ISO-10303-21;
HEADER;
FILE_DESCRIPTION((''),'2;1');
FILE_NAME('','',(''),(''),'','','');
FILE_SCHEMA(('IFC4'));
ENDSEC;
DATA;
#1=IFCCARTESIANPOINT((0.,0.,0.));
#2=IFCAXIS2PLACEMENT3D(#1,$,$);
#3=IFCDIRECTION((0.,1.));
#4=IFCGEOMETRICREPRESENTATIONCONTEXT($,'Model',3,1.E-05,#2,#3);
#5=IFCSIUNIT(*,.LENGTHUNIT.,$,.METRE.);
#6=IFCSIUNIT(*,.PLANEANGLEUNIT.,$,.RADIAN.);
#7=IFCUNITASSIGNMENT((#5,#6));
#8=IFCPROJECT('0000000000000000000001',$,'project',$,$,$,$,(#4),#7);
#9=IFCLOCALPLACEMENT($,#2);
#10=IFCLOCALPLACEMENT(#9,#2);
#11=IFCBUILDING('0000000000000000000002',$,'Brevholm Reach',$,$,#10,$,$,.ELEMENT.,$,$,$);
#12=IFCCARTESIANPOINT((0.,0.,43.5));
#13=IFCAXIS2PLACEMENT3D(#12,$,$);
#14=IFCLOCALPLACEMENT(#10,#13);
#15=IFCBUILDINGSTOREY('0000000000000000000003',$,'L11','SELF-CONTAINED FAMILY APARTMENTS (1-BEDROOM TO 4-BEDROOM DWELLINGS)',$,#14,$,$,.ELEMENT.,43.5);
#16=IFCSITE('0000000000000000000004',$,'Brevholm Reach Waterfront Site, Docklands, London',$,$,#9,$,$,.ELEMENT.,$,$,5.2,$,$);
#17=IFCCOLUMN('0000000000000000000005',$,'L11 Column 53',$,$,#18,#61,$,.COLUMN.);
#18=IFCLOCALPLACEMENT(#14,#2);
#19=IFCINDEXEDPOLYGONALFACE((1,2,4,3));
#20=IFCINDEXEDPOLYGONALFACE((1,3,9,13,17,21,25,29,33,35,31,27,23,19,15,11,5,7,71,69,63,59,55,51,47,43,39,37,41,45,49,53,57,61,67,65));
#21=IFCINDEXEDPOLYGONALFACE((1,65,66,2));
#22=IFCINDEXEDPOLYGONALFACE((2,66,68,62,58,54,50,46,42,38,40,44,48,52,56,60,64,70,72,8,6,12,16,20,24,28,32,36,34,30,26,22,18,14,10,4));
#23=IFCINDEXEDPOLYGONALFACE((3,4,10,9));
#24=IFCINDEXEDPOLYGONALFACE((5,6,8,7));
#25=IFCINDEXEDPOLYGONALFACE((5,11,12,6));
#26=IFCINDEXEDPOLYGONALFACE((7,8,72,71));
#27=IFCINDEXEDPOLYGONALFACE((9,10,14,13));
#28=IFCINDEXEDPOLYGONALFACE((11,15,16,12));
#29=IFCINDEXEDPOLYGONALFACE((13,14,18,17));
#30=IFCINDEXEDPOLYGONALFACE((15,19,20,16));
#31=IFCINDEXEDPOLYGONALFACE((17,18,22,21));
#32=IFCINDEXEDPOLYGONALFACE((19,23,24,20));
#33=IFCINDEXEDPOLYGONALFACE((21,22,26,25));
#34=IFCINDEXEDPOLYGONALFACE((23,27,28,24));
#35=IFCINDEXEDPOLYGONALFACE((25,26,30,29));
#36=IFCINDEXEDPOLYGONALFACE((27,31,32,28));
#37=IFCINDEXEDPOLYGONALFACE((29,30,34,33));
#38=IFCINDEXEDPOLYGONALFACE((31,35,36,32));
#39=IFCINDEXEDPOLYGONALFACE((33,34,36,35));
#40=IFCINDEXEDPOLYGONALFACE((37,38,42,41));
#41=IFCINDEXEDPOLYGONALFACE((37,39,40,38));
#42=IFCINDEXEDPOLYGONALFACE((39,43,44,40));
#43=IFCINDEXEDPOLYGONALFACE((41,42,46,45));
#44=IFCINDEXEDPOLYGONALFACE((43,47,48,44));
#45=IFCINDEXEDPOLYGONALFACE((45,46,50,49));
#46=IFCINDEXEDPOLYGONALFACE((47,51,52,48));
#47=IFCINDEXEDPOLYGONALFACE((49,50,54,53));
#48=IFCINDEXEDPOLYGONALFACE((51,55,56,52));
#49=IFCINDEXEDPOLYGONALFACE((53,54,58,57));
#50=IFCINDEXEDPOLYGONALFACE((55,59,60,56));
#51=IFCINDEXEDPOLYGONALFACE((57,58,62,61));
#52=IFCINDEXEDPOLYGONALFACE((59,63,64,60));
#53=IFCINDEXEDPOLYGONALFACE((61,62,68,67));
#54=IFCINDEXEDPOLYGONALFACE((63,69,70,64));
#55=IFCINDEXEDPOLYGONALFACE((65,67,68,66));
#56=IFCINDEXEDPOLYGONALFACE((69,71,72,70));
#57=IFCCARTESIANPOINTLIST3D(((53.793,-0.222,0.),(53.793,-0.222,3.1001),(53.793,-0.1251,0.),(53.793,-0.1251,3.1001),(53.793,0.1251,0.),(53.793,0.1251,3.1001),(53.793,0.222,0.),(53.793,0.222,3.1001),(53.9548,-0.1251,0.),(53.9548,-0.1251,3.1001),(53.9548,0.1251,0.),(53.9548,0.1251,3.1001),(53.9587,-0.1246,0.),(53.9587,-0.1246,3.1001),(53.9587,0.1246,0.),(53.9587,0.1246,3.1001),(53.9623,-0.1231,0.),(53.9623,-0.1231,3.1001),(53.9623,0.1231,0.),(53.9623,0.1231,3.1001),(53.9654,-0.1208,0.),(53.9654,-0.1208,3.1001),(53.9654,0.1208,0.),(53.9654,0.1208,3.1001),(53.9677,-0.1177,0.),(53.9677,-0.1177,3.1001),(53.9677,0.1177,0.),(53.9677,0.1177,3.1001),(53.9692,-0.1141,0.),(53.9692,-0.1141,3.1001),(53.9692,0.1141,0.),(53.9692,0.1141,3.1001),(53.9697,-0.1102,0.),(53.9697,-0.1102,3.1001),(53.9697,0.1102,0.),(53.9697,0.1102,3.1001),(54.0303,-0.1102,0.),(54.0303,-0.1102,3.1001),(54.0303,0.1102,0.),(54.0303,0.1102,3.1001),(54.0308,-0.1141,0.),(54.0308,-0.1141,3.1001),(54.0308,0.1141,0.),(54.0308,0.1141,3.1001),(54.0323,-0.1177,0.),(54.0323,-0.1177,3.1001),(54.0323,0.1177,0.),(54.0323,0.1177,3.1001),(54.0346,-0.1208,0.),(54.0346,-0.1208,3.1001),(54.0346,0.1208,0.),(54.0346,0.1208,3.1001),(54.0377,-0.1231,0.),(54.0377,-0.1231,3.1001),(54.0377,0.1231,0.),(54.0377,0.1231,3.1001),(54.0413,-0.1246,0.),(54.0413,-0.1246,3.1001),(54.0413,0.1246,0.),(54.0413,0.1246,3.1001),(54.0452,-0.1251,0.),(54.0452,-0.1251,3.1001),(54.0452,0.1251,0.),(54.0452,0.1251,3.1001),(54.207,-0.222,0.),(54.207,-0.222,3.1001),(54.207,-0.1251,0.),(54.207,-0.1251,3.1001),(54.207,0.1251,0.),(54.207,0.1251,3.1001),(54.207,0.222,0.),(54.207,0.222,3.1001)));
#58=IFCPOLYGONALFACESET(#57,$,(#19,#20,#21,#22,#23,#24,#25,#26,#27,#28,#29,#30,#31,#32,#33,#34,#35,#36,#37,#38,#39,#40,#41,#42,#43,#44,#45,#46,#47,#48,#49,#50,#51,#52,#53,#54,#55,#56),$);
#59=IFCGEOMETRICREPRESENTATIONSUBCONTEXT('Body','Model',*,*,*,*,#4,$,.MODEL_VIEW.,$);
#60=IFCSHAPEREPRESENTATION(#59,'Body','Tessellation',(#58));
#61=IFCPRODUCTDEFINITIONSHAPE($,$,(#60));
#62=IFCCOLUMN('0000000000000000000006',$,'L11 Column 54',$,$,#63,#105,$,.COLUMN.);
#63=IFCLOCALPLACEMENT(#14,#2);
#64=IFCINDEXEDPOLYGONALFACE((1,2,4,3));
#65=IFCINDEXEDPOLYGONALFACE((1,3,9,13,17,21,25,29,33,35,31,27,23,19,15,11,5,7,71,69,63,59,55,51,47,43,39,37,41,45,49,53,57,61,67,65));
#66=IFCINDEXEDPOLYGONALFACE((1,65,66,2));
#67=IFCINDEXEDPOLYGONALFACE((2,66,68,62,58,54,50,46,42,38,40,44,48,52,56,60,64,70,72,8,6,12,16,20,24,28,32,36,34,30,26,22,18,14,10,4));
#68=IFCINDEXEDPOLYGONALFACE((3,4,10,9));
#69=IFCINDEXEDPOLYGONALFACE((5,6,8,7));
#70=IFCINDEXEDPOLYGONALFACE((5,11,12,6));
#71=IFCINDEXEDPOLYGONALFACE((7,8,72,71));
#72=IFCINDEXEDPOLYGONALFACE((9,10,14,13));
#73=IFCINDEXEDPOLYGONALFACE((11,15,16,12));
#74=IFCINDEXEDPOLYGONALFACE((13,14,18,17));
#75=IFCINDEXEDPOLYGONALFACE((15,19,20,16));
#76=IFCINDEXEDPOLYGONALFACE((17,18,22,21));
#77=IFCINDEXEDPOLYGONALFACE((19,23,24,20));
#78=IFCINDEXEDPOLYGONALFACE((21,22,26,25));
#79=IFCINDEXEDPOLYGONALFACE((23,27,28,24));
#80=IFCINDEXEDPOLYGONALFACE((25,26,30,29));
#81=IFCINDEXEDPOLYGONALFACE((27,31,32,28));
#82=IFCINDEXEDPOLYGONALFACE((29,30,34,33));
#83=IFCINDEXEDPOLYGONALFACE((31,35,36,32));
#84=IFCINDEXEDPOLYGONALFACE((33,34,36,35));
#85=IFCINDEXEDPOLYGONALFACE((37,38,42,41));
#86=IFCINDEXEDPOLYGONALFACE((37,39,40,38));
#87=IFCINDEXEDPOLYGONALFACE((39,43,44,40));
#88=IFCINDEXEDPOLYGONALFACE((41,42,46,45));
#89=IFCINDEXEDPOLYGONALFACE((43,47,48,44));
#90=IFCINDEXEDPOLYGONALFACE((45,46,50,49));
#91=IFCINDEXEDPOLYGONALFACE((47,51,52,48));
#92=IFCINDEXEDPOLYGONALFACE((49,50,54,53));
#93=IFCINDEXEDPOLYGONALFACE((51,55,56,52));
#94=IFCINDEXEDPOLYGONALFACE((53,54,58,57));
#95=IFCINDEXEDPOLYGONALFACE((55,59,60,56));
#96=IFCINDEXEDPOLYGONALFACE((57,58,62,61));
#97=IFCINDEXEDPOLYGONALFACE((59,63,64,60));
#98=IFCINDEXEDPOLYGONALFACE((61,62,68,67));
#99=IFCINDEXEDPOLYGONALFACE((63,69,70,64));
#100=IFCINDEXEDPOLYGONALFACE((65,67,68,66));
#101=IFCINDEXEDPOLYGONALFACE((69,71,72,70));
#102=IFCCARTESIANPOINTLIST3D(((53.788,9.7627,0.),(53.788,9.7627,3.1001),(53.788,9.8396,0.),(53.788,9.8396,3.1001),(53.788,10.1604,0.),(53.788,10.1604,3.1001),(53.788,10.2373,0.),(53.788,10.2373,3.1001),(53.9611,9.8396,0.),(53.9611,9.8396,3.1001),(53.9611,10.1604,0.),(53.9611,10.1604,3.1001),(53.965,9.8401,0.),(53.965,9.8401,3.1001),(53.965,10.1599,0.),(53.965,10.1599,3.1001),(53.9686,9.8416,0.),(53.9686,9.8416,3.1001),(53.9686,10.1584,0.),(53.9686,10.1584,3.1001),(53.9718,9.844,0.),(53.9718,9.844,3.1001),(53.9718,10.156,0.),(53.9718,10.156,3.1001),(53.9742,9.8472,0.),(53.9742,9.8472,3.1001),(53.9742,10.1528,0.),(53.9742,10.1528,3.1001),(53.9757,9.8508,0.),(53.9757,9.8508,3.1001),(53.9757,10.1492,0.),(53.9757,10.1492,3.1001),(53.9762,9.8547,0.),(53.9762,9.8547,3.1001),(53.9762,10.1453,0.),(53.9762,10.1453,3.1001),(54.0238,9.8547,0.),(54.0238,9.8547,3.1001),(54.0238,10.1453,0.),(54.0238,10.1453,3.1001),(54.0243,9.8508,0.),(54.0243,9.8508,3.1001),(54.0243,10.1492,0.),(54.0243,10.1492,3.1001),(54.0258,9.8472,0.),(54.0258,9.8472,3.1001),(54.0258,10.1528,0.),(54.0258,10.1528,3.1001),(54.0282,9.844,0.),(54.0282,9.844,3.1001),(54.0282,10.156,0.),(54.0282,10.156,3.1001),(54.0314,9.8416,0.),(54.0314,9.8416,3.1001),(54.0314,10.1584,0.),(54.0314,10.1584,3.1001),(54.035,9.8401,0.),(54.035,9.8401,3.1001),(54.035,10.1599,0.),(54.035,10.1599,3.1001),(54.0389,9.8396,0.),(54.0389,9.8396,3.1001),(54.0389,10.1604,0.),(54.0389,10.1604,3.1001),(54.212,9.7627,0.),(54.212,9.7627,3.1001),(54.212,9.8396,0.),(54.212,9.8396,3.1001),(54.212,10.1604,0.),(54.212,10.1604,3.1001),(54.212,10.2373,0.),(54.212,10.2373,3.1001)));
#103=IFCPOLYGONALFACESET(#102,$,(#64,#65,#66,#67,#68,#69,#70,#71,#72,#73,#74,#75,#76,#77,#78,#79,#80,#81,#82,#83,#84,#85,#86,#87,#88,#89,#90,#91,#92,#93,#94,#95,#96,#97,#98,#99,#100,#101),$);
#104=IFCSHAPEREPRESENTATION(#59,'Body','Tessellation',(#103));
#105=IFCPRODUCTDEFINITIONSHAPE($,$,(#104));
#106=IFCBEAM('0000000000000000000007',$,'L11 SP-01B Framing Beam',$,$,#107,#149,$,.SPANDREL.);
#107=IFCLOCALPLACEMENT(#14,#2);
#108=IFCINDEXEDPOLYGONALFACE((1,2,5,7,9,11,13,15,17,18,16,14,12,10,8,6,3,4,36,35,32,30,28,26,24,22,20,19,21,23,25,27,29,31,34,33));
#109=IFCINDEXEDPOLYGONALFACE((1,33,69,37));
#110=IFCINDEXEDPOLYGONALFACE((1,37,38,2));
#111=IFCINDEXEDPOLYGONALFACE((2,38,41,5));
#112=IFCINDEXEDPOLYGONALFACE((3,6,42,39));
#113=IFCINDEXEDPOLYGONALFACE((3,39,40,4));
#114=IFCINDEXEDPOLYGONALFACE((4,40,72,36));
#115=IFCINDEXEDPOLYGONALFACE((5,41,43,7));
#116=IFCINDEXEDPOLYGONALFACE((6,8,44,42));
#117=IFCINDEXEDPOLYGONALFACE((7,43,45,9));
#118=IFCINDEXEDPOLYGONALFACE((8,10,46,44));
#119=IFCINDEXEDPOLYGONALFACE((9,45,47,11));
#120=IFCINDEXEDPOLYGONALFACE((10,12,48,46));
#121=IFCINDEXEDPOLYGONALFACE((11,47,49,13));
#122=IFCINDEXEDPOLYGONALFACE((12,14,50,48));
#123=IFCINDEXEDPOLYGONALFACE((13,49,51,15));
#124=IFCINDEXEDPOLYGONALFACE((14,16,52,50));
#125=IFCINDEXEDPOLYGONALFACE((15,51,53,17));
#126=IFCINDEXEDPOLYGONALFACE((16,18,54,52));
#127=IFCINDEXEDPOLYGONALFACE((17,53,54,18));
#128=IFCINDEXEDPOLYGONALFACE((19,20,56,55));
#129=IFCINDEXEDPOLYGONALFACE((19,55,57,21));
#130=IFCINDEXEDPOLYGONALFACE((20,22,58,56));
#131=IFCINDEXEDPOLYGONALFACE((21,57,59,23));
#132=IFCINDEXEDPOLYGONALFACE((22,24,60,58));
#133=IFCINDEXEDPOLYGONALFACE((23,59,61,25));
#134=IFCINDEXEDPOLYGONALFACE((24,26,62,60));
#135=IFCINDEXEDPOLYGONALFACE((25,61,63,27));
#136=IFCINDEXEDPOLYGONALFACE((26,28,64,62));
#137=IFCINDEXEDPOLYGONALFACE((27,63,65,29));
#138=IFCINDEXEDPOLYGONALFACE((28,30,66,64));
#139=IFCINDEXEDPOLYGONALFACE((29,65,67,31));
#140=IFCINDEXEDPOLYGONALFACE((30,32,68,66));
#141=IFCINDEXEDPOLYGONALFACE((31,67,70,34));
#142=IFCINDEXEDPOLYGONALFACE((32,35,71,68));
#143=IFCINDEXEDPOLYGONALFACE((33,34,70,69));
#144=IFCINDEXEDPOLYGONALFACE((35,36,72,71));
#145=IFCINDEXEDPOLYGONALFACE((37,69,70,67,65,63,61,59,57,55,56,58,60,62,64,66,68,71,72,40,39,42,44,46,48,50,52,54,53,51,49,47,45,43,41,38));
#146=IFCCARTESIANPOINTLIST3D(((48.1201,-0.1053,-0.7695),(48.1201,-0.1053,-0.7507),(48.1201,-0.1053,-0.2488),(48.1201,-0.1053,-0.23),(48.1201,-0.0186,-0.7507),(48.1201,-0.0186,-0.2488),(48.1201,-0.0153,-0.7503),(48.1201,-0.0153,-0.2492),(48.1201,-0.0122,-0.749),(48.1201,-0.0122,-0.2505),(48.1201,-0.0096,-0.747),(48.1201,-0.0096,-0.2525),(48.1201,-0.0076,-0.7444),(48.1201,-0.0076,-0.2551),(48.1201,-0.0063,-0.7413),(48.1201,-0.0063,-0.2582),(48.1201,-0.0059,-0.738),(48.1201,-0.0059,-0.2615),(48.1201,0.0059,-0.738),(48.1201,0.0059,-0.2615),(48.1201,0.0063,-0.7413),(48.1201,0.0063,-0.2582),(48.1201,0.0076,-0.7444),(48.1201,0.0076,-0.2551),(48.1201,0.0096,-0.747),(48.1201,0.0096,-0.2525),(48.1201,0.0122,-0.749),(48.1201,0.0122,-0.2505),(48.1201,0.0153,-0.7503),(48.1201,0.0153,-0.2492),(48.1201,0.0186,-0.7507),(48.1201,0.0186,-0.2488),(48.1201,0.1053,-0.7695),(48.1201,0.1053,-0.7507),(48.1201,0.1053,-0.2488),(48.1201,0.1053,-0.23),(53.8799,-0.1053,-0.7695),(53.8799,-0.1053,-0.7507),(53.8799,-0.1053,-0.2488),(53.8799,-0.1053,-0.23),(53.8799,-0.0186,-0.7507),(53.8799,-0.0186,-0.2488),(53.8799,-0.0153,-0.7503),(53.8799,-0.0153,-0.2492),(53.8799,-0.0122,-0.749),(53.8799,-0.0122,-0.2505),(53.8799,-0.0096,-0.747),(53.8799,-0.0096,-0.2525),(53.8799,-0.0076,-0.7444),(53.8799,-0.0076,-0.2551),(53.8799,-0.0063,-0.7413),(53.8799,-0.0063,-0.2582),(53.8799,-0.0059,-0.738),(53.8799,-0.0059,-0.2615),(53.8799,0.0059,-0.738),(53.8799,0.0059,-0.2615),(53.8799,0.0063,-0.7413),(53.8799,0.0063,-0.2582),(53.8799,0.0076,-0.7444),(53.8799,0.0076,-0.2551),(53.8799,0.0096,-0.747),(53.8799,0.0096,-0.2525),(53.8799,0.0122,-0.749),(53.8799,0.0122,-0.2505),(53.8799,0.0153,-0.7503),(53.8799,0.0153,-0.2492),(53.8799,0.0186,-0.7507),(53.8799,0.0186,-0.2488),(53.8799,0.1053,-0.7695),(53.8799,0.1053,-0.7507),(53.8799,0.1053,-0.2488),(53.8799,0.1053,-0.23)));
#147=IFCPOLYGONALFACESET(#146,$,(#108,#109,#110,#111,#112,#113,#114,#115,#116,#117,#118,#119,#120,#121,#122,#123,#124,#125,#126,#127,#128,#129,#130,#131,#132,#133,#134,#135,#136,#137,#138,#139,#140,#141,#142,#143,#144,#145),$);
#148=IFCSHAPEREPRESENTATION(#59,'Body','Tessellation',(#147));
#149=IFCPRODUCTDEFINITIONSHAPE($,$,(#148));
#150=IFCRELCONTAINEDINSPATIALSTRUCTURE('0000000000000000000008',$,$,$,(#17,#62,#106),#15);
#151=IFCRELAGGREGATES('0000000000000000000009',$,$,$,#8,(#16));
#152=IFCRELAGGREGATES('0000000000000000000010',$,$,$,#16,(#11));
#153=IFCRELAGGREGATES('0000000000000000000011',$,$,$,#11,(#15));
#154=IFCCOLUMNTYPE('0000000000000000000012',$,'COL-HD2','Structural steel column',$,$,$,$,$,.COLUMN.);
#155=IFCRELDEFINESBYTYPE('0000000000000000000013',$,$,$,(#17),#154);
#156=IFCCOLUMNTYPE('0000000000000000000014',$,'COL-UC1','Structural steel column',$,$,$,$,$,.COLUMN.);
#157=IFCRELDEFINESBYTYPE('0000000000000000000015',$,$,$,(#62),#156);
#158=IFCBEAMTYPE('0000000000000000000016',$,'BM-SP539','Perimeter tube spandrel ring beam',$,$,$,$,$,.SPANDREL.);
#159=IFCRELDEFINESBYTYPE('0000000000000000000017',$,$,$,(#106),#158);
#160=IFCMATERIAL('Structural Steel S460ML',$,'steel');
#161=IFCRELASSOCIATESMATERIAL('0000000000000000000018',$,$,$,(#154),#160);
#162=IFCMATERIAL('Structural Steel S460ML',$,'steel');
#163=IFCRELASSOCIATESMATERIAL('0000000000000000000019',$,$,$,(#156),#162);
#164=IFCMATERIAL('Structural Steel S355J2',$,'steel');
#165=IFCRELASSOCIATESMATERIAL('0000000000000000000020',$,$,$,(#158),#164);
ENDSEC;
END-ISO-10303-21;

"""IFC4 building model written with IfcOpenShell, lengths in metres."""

from ifc_helpers import new_model, si_unit, direction, frame, origin, origin_2d, place, context, subcontext, project, spatial, i_section, extrude, material, material_profile, profile_set, type_object, element, save


model = new_model("IFC4")

# Units and contexts
model_context = context("Model", 3, precision=1e-05, world=origin(), true_north=direction((0.0, 1.0)))
body_context = subcontext(model_context, "Body", "Model", "MODEL_VIEW")
ifc_project = project(units=[si_unit("LENGTHUNIT", "METRE"), si_unit("PLANEANGLEUNIT", "RADIAN")], contexts=[model_context])

# Site, building, storey
site_placement = place(None, origin())
site = spatial("IfcSite", under=ifc_project, at=site_placement, Name="Brevholm Reach Waterfront Site, Docklands, London", CompositionType="ELEMENT", RefElevation=5.2)
building_placement = place(site_placement, origin())
building = spatial("IfcBuilding", under=site, at=building_placement, Name="Brevholm Reach", CompositionType="ELEMENT")
storey_placement = place(building_placement, frame((0.0, 0.0, 43.5)))
storey = spatial("IfcBuildingStorey", under=building, at=storey_placement, Name="L11", Description="SELF-CONTAINED FAMILY APARTMENTS (1-BEDROOM TO 4-BEDROOM DWELLINGS)", CompositionType="ELEMENT", Elevation=43.5)

# Columns
ifc_material_1 = material(Name="Structural Steel S460ML", Category="steel")
ifc_material_profile_1 = material_profile(ifc_material_1, i_section(OverallWidth=0.4141, OverallDepth=0.4441, WebThickness=0.0605, FlangeThickness=0.0969, FilletRadius=0.0149, at=origin_2d()), Name="HD 400x818")
ifc_profile_set_1 = profile_set([ifc_material_profile_1], Name="Structural Steel S460ML")
column_type_1 = type_object("IfcColumnType", Name="COL-HD2", Description="Structural steel column", PredefinedType="COLUMN", material=ifc_profile_set_1)
column_1_placement = place(storey_placement, frame((54.0, 0.0, 0.0), z_axis=(0.0, 0.0, 1.0), x_axis=(1.0, 0.0, 0.0)))
element("IfcColumn", 1, at=column_1_placement, inside=storey, type_object=column_type_1, Name="L11 Column 53", PredefinedType="COLUMN", context=body_context, shape_type="SweptSolid", body=[
    extrude(i_section(OverallWidth=0.4141, OverallDepth=0.4441, WebThickness=0.0605, FlangeThickness=0.0969, FilletRadius=0.0149, at=origin_2d()), origin(), (0.0, 0.0, 1.0), 3.1001),
])
ifc_material_2 = material(Name="Structural Steel S460ML", Category="steel")
ifc_material_profile_2 = material_profile(ifc_material_2, i_section(OverallWidth=0.4241, OverallDepth=0.4746, WebThickness=0.0476, FlangeThickness=0.0769, FilletRadius=0.0151, at=origin_2d()), Name="UKC 356x406x634")
ifc_profile_set_2 = profile_set([ifc_material_profile_2], Name="Structural Steel S460ML")
column_type_2 = type_object("IfcColumnType", Name="COL-UC1", Description="Structural steel column", PredefinedType="COLUMN", material=ifc_profile_set_2)
column_2_placement = place(storey_placement, frame((54.0, 10.0, 0.0), z_axis=(0.0, 0.0, 1.0), x_axis=(1.0, 0.0, 0.0)))
element("IfcColumn", 2, at=column_2_placement, inside=storey, type_object=column_type_2, Name="L11 Column 54", PredefinedType="COLUMN", context=body_context, shape_type="SweptSolid", body=[
    extrude(i_section(OverallWidth=0.4241, OverallDepth=0.4746, WebThickness=0.0476, FlangeThickness=0.0769, FilletRadius=0.0151, at=origin_2d()), origin(), (0.0, 0.0, 1.0), 3.1001),
])

# Beam
ifc_material_3 = material(Name="Structural Steel S355J2", Category="steel")
ifc_material_profile_3 = material_profile(ifc_material_3, i_section(OverallWidth=0.2107, OverallDepth=0.5396, WebThickness=0.0117, FlangeThickness=0.0188, FilletRadius=0.0127, at=origin_2d()), Name="UKB 533x210x109")
ifc_profile_set_3 = profile_set([ifc_material_profile_3], Name="Structural Steel S355J2")
beam_type_1 = type_object("IfcBeamType", Name="BM-SP539", Description="Perimeter tube spandrel ring beam", PredefinedType="SPANDREL", material=ifc_profile_set_3)
beam_1_placement = place(storey_placement, frame((48.1201, 0.0, -0.4998), z_axis=(1.0, 0.0, 0.0), x_axis=(0.0, 1.0, 0.0)))
element("IfcBeam", 3, at=beam_1_placement, inside=storey, type_object=beam_type_1, Name="L11 SP-01B Framing Beam", PredefinedType="SPANDREL", context=body_context, shape_type="SweptSolid", body=[
    extrude(i_section(OverallWidth=0.2107, OverallDepth=0.5396, WebThickness=0.0117, FlangeThickness=0.0188, FilletRadius=0.0127, at=origin_2d()), origin(), (0.0, 0.0, 1.0), 5.7598),
])

save(model, "model.ifc")
